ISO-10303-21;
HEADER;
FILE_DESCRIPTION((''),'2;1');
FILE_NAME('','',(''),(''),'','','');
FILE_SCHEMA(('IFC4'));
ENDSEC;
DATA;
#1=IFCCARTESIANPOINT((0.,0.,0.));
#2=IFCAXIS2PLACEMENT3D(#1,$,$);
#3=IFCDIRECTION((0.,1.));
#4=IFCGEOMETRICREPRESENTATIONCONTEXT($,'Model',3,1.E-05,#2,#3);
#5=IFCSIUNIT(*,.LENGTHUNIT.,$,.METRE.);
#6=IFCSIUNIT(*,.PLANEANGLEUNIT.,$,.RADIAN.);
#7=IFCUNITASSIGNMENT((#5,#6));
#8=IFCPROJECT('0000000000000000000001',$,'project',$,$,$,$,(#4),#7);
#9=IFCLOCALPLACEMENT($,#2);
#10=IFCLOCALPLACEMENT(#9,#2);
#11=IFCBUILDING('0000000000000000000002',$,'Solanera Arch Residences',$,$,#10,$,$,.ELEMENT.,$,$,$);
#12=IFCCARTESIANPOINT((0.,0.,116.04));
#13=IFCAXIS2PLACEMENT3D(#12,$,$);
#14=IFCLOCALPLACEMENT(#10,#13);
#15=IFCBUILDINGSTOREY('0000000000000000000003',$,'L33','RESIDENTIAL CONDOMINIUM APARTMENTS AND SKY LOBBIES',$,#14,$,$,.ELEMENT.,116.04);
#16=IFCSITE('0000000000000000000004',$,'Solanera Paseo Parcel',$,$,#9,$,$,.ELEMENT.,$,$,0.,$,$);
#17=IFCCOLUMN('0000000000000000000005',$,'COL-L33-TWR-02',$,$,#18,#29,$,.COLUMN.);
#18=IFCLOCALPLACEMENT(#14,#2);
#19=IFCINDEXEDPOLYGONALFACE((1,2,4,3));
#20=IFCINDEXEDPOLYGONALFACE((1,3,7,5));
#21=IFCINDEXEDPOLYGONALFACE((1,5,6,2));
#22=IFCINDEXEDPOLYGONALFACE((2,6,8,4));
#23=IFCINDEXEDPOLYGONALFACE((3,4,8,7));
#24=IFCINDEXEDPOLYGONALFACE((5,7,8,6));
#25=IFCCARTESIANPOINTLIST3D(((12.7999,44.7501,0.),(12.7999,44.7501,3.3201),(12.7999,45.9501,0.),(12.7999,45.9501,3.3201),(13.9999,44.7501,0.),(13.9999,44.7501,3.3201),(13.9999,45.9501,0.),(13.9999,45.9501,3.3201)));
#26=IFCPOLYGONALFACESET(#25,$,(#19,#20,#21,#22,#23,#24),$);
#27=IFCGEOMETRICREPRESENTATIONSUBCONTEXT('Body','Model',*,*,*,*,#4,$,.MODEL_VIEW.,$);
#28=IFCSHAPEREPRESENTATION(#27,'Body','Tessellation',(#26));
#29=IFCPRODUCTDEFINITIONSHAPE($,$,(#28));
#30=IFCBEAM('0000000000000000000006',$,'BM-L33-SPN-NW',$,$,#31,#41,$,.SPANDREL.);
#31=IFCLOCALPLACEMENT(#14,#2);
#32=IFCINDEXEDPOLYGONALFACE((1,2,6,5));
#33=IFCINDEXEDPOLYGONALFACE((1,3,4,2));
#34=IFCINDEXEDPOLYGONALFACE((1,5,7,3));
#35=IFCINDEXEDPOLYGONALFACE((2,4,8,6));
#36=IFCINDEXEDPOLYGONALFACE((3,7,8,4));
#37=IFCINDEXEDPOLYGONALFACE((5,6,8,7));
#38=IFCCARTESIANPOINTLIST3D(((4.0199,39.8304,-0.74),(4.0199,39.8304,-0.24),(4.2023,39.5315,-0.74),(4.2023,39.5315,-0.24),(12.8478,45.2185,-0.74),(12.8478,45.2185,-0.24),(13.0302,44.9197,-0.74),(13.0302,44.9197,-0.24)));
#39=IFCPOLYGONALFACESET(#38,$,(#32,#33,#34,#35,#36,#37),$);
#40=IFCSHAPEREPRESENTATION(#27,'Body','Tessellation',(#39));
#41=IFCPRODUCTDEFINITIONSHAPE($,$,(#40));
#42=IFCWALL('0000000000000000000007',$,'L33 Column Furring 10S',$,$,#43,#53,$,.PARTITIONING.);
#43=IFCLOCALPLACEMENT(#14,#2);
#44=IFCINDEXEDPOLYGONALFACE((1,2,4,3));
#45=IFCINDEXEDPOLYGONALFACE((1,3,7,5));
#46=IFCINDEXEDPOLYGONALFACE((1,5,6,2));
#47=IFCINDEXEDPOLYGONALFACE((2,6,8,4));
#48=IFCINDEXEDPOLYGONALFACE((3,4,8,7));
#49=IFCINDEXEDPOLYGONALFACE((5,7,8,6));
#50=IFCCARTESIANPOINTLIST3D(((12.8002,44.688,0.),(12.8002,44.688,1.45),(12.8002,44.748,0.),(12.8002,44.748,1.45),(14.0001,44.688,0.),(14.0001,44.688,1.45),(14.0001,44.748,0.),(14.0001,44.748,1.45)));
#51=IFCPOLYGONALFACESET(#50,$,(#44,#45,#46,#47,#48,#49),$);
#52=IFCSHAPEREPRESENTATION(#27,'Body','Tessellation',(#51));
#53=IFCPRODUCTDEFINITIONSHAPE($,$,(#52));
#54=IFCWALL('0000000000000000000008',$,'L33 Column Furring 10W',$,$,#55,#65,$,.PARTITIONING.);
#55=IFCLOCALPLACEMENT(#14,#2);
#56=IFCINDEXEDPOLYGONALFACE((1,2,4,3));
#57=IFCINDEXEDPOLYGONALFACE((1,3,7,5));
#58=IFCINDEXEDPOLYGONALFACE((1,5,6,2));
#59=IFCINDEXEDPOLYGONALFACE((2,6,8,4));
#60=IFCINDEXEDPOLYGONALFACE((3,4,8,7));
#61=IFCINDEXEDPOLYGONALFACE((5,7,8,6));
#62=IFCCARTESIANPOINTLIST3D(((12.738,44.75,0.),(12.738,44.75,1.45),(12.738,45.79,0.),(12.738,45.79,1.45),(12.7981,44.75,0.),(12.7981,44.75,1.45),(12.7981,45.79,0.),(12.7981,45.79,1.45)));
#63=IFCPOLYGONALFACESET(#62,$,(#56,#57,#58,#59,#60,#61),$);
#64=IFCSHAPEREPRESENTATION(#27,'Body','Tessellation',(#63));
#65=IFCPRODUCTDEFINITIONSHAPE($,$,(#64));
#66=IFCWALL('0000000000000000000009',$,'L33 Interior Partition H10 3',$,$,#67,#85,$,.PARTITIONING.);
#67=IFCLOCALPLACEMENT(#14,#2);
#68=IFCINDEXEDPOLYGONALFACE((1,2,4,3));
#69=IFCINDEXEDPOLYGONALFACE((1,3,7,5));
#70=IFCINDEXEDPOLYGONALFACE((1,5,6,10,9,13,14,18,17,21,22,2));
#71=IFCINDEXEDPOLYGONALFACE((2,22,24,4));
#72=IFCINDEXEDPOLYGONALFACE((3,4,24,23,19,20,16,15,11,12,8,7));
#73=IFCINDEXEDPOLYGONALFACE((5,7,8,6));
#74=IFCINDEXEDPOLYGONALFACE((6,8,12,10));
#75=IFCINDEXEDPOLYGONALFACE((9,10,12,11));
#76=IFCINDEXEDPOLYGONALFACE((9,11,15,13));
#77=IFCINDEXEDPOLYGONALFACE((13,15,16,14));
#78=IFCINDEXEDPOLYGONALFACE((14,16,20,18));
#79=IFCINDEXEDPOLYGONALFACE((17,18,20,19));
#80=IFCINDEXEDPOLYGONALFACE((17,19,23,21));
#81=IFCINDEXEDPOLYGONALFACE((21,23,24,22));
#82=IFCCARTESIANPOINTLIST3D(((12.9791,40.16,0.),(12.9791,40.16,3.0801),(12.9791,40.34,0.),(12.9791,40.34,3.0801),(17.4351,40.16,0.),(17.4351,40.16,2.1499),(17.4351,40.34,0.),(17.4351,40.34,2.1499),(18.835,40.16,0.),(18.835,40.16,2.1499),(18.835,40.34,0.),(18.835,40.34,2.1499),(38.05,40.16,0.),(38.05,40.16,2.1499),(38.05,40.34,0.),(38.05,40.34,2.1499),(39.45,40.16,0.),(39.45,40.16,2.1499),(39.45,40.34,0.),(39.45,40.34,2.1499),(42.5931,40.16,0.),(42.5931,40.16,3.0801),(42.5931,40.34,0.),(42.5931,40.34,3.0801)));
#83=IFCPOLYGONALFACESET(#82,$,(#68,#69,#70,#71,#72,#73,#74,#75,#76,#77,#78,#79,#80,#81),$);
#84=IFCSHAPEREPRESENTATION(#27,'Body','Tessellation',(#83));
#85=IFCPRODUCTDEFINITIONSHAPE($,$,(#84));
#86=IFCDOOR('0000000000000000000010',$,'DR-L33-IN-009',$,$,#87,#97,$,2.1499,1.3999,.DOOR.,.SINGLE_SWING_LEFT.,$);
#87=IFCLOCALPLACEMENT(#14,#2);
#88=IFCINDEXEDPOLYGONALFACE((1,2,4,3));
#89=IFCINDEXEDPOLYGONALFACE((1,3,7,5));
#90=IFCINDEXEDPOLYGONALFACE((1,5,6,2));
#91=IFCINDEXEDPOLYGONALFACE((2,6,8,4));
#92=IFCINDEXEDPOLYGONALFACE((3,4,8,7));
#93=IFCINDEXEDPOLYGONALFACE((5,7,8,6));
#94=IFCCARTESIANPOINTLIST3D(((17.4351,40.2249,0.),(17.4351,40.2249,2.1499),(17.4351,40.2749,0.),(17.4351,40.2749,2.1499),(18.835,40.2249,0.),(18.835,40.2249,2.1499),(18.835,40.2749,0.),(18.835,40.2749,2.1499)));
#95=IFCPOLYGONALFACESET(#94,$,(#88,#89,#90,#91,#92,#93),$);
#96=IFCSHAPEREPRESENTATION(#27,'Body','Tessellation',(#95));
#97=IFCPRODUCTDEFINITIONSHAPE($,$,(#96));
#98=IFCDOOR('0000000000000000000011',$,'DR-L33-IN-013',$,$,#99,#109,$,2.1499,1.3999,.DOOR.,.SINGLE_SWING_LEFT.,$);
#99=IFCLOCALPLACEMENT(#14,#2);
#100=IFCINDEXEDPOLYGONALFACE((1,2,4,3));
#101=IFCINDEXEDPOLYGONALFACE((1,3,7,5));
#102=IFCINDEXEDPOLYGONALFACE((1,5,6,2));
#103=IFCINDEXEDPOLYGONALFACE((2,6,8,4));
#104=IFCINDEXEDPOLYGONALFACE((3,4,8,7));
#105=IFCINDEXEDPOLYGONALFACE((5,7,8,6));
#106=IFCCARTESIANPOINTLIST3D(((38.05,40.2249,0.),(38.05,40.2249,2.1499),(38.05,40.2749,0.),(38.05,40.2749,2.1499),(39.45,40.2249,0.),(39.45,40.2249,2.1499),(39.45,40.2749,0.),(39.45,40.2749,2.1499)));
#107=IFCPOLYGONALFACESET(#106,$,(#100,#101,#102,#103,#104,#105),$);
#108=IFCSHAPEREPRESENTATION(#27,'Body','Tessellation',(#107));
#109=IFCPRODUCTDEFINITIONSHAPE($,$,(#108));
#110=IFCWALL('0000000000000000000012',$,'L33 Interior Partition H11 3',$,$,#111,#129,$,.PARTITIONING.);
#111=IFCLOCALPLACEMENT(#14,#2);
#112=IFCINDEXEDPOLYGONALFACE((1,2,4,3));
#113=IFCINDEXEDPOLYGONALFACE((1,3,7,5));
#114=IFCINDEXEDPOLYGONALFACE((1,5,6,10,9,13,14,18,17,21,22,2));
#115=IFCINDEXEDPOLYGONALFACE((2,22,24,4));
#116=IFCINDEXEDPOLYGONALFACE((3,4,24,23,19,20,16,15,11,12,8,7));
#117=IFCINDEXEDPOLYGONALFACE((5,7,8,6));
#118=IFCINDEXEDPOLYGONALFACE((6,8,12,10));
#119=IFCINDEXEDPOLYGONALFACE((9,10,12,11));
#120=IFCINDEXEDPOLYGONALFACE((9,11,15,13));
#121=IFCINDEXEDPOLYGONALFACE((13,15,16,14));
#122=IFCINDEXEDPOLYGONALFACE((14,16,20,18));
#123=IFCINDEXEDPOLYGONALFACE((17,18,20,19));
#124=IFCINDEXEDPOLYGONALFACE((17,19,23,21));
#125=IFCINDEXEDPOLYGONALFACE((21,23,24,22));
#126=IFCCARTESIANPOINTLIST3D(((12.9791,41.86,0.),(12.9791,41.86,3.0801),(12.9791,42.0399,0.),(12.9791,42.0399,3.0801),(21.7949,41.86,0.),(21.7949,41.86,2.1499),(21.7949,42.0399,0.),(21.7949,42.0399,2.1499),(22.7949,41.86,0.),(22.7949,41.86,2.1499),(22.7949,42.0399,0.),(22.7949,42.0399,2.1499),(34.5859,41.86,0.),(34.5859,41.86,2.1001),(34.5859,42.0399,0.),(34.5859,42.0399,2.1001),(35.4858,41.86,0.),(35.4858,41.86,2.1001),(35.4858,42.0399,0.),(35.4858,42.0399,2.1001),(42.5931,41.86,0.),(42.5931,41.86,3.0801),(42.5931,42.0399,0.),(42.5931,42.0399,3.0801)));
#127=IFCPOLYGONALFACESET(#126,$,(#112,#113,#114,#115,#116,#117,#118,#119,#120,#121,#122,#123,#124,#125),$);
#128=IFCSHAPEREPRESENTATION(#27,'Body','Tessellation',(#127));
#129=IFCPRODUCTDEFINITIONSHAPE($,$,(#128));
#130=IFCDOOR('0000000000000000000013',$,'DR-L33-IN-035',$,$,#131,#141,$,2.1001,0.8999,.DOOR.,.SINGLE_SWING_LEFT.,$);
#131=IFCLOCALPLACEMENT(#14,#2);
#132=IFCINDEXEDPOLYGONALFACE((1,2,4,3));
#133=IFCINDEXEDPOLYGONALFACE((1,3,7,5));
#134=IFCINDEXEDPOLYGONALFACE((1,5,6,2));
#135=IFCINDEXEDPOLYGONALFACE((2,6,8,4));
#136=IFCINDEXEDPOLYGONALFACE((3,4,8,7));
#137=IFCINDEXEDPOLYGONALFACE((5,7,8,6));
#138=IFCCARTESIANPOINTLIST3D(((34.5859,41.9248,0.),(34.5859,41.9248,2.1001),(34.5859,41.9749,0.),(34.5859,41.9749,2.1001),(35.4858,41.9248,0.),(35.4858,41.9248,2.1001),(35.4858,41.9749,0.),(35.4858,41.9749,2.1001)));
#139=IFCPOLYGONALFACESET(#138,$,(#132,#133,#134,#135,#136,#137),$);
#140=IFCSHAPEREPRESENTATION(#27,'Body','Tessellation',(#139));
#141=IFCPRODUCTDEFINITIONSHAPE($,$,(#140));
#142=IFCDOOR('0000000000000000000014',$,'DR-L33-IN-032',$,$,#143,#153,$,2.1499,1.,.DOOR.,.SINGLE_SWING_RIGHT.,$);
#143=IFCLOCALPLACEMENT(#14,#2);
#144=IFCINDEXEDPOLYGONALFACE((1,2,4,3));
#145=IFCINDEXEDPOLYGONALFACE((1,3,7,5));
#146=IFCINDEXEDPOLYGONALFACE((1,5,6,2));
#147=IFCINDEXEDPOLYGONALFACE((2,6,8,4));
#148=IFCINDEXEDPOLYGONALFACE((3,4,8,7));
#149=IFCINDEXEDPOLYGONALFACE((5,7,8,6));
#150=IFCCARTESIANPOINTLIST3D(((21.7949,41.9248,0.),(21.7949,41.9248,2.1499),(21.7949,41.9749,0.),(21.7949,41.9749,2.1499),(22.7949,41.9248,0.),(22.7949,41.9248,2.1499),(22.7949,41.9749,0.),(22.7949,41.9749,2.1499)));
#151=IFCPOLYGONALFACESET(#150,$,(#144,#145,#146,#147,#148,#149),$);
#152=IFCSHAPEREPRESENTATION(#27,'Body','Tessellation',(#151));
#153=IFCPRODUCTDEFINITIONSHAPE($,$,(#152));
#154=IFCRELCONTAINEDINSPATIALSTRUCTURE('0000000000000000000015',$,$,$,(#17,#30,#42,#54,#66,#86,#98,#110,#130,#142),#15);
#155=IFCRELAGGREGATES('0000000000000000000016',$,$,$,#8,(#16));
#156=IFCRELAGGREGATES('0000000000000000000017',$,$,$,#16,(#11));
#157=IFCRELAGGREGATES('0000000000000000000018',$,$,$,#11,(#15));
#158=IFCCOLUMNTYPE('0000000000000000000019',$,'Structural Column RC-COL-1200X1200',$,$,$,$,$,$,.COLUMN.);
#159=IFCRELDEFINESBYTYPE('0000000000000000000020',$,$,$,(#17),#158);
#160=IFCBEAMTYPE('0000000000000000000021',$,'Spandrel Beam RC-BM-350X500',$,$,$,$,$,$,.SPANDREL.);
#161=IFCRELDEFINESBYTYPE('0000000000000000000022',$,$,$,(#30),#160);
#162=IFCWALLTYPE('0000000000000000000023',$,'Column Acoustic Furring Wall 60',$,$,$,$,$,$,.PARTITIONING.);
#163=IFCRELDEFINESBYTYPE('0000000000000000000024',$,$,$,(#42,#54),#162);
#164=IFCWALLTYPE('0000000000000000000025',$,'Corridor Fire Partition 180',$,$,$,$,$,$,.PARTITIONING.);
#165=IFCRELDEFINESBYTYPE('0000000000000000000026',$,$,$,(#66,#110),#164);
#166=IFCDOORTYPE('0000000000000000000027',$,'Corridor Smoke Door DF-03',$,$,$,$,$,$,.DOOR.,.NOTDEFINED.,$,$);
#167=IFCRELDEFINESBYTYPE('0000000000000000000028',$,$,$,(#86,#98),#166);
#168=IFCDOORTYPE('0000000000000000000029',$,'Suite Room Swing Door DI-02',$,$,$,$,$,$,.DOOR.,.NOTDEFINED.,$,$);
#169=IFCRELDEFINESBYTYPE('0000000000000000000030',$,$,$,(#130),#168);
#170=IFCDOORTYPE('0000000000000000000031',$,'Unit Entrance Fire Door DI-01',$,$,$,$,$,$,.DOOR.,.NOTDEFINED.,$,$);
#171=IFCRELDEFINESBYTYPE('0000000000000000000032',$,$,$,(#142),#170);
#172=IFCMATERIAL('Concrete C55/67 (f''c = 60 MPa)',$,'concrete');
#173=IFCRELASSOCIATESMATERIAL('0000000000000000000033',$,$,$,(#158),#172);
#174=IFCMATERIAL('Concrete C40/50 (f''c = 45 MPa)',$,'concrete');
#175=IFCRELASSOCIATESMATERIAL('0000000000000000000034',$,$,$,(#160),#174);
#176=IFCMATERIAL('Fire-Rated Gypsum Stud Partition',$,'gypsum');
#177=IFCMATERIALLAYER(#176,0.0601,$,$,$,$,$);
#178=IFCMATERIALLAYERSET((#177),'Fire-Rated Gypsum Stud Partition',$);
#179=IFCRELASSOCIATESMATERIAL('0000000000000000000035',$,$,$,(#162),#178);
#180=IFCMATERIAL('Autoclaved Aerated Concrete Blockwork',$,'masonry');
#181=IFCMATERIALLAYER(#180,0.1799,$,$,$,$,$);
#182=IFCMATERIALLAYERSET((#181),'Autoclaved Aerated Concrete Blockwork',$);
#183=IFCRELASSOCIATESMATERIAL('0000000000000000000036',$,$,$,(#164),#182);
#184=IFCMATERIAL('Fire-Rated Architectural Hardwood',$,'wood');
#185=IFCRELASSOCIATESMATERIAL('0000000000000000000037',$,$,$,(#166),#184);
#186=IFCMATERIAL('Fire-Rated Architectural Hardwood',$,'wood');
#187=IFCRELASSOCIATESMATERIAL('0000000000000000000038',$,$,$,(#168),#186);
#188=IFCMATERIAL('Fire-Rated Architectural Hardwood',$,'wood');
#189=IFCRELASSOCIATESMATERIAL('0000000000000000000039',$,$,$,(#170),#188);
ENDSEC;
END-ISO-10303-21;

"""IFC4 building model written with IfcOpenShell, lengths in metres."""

from ifc_helpers import new_model, si_unit, direction, frame, frame_2d, origin, origin_2d, place, context, subcontext, project, spatial, rectangle, extrude, material, layer, layer_set, material_profile, profile_set, type_object, element, fill, save


model = new_model("IFC4")

# Units and contexts
model_context = context("Model", 3, precision=1e-05, world=origin(), true_north=direction((0.0, 1.0)))
body_context = subcontext(model_context, "Body", "Model", "MODEL_VIEW")
ifc_project = project(units=[si_unit("LENGTHUNIT", "METRE"), si_unit("PLANEANGLEUNIT", "RADIAN")], contexts=[model_context])

# Site, building, storey
site_placement = place(None, origin())
site = spatial("IfcSite", under=ifc_project, at=site_placement, Name="Solanera Paseo Parcel", CompositionType="ELEMENT", RefElevation=0.0)
building_placement = place(site_placement, origin())
building = spatial("IfcBuilding", under=site, at=building_placement, Name="Solanera Arch Residences", CompositionType="ELEMENT")
storey_placement = place(building_placement, frame((0.0, 0.0, 116.04)))
storey = spatial("IfcBuildingStorey", under=building, at=storey_placement, Name="L33", Description="RESIDENTIAL CONDOMINIUM APARTMENTS AND SKY LOBBIES", CompositionType="ELEMENT", Elevation=116.04)

# Column
ifc_material_1 = material(Name="Concrete C55/67 (f'c = 60 MPa)", Category="concrete")
ifc_material_profile_1 = material_profile(ifc_material_1, rectangle(XDim=1.2, YDim=1.2, at=origin_2d()))
ifc_profile_set_1 = profile_set([ifc_material_profile_1], Name="Concrete C55/67 (f'c = 60 MPa)")
column_type = type_object("IfcColumnType", Name="Structural Column RC-COL-1200X1200", PredefinedType="COLUMN", material=ifc_profile_set_1)
column_placement = place(storey_placement, frame((13.3999, 45.3501, 0.0), z_axis=(0.0, 0.0, 1.0), x_axis=(1.0, 0.0, 0.0)))
element("IfcColumn", 1, at=column_placement, inside=storey, type_object=column_type, Name="COL-L33-TWR-02", PredefinedType="COLUMN", context=body_context, shape_type="SweptSolid", body=[
    extrude(rectangle(XDim=1.2, YDim=1.2, at=origin_2d()), origin(), (0.0, 0.0, 1.0), 3.3201),
])

# Beam
ifc_material_2 = material(Name="Concrete C40/50 (f'c = 45 MPa)", Category="concrete")
ifc_material_profile_2 = material_profile(ifc_material_2, rectangle(XDim=0.3501, YDim=0.5, at=origin_2d()))
ifc_profile_set_2 = profile_set([ifc_material_profile_2], Name="Concrete C40/50 (f'c = 45 MPa)")
beam_type = type_object("IfcBeamType", Name="Spandrel Beam RC-BM-350X500", PredefinedType="SPANDREL", material=ifc_profile_set_2)
beam_placement = place(storey_placement, frame((12.939, 45.0691, -0.49), z_axis=(-0.853567, -0.520983, 0.0), x_axis=(0.520983, -0.853567, 0.0)))
element("IfcBeam", 2, at=beam_placement, inside=storey, type_object=beam_type, Name="BM-L33-SPN-NW", PredefinedType="SPANDREL", context=body_context, shape_type="SweptSolid", body=[
    extrude(rectangle(XDim=0.3501, YDim=0.5, at=origin_2d()), origin(), (0.0, 0.0, 1.0), 10.3423),
])

# Walls
ifc_material_3 = material(Name="Fire-Rated Gypsum Stud Partition", Category="gypsum")
ifc_layer_1 = layer(ifc_material_3, 0.0601)
ifc_layer_set_1 = layer_set([ifc_layer_1], Name="Fire-Rated Gypsum Stud Partition")
wall_type_1 = type_object("IfcWallType", Name="Column Acoustic Furring Wall 60", PredefinedType="PARTITIONING", material=ifc_layer_set_1)
wall_1_placement = place(storey_placement, frame((12.8, 44.718, 0.0), z_axis=(0.0, 0.0, 1.0), x_axis=(1.0, 0.0, 0.0)))
element("IfcWall", 3, at=wall_1_placement, inside=storey, type_object=wall_type_1, Name="L33 Column Furring 10S", PredefinedType="PARTITIONING", context=body_context, shape_type="SweptSolid", body=[
    extrude(rectangle(XDim=1.2, YDim=0.0601, at=frame_2d((0.6001, 0.0))), origin(), (0.0, 0.0, 1.0), 1.45),
])
wall_2_placement = place(storey_placement, frame((12.7681, 44.75, 0.0), z_axis=(0.0, 0.0, 1.0), x_axis=(0.0, 1.0, 0.0)))
element("IfcWall", 4, at=wall_2_placement, inside=storey, type_object=wall_type_1, Name="L33 Column Furring 10W", PredefinedType="PARTITIONING", context=body_context, shape_type="SweptSolid", body=[
    extrude(rectangle(XDim=1.04, YDim=0.0601, at=frame_2d((0.52, 0.0))), origin(), (0.0, 0.0, 1.0), 1.45),
])

# Walls, openings, doors
ifc_material_4 = material(Name="Autoclaved Aerated Concrete Blockwork", Category="masonry")
ifc_layer_2 = layer(ifc_material_4, 0.1799)
ifc_layer_set_2 = layer_set([ifc_layer_2], Name="Autoclaved Aerated Concrete Blockwork")
wall_type_2 = type_object("IfcWallType", Name="Corridor Fire Partition 180", PredefinedType="PARTITIONING", material=ifc_layer_set_2)
wall_3_placement = place(storey_placement, frame((12.979, 40.25, 0.0), z_axis=(0.0, 0.0, 1.0), x_axis=(1.0, 0.0, 0.0)))
wall_3 = element("IfcWall", 5, at=wall_3_placement, inside=storey, type_object=wall_type_2, Name="L33 Interior Partition H10 3", PredefinedType="PARTITIONING", context=body_context, shape_type="SweptSolid", body=[
    extrude(rectangle(XDim=29.614, YDim=0.1799, at=frame_2d((14.8071, 0.0))), origin(), (0.0, 0.0, 1.0), 3.0801),
])
opening_1_placement = place(wall_3_placement, frame((4.4561, 0.0, 0.0)))
opening_1 = element("IfcOpeningElement", 6, at=opening_1_placement, cuts=wall_3, PredefinedType="OPENING", context=body_context, shape_type="SweptSolid", body=[
    extrude(rectangle(XDim=1.3999, YDim=2.1499, at=frame_2d((0.7, 1.075))), frame((0.0, 0.1001, 0.0), z_axis=(0.0, -1.0, 0.0), x_axis=(1.0, 0.0, 0.0)), (0.0, 0.0, 1.0), 0.1999),
])
opening_2_placement = place(wall_3_placement, frame((25.071, 0.0, 0.0)))
opening_2 = element("IfcOpeningElement", 7, at=opening_2_placement, cuts=wall_3, PredefinedType="OPENING", context=body_context, shape_type="SweptSolid", body=[
    extrude(rectangle(XDim=1.3999, YDim=2.1499, at=frame_2d((0.7, 1.075))), frame((0.0, 0.1001, 0.0), z_axis=(0.0, -1.0, 0.0), x_axis=(1.0, 0.0, 0.0)), (0.0, 0.0, 1.0), 0.1999),
])
ifc_material_5 = material(Name="Fire-Rated Architectural Hardwood", Category="wood")
door_type_1 = type_object("IfcDoorType", Name="Corridor Smoke Door DF-03", OperationType="NOTDEFINED", PredefinedType="DOOR", material=ifc_material_5)
door_1_placement = place(opening_1_placement, origin())
door_1 = element("IfcDoor", 8, at=door_1_placement, inside=storey, type_object=door_type_1, Name="DR-L33-IN-009", OperationType="SINGLE_SWING_LEFT", OverallHeight=2.1499, OverallWidth=1.3999, PredefinedType="DOOR", context=body_context, shape_type="SweptSolid", body=[
    extrude(rectangle(XDim=1.3999, YDim=2.1499, at=frame_2d((0.7, 1.075))), frame((0.0, 0.0249, 0.0), z_axis=(0.0, -1.0, 0.0), x_axis=(1.0, 0.0, 0.0)), (0.0, 0.0, 1.0), 0.05),
])
fill(opening_1, door_1)
door_2_placement = place(opening_2_placement, origin())
door_2 = element("IfcDoor", 9, at=door_2_placement, inside=storey, type_object=door_type_1, Name="DR-L33-IN-013", OperationType="SINGLE_SWING_LEFT", OverallHeight=2.1499, OverallWidth=1.3999, PredefinedType="DOOR", context=body_context, shape_type="SweptSolid", body=[
    extrude(rectangle(XDim=1.3999, YDim=2.1499, at=frame_2d((0.7, 1.075))), frame((0.0, 0.0249, 0.0), z_axis=(0.0, -1.0, 0.0), x_axis=(1.0, 0.0, 0.0)), (0.0, 0.0, 1.0), 0.05),
])
fill(opening_2, door_2)
wall_4_placement = place(storey_placement, frame((12.979, 41.95, 0.0), z_axis=(0.0, 0.0, 1.0), x_axis=(1.0, 0.0, 0.0)))
wall_4 = element("IfcWall", 10, at=wall_4_placement, inside=storey, type_object=wall_type_2, Name="L33 Interior Partition H11 3", PredefinedType="PARTITIONING", context=body_context, shape_type="SweptSolid", body=[
    extrude(rectangle(XDim=29.614, YDim=0.1799, at=frame_2d((14.8071, 0.0))), origin(), (0.0, 0.0, 1.0), 3.0801),
])
opening_3_placement = place(wall_4_placement, frame((8.8159, 0.0, 0.0)))
opening_3 = element("IfcOpeningElement", 11, at=opening_3_placement, cuts=wall_4, PredefinedType="OPENING", context=body_context, shape_type="SweptSolid", body=[
    extrude(rectangle(XDim=1.0, YDim=2.1499, at=frame_2d((0.5, 1.075))), frame((0.0, 0.1001, 0.0), z_axis=(0.0, -1.0, 0.0), x_axis=(1.0, 0.0, 0.0)), (0.0, 0.0, 1.0), 0.1999),
])
opening_4_placement = place(wall_4_placement, frame((21.6069, 0.0, 0.0)))
opening_4 = element("IfcOpeningElement", 12, at=opening_4_placement, cuts=wall_4, PredefinedType="OPENING", context=body_context, shape_type="SweptSolid", body=[
    extrude(rectangle(XDim=0.8999, YDim=2.1001, at=frame_2d((0.45, 1.05))), frame((0.0, 0.1001, 0.0), z_axis=(0.0, -1.0, 0.0), x_axis=(1.0, 0.0, 0.0)), (0.0, 0.0, 1.0), 0.1999),
])
ifc_material_6 = material(Name="Fire-Rated Architectural Hardwood", Category="wood")
door_type_2 = type_object("IfcDoorType", Name="Suite Room Swing Door DI-02", OperationType="NOTDEFINED", PredefinedType="DOOR", material=ifc_material_6)
door_3_placement = place(opening_4_placement, origin())
door_3 = element("IfcDoor", 13, at=door_3_placement, inside=storey, type_object=door_type_2, Name="DR-L33-IN-035", OperationType="SINGLE_SWING_LEFT", OverallHeight=2.1001, OverallWidth=0.8999, PredefinedType="DOOR", context=body_context, shape_type="SweptSolid", body=[
    extrude(rectangle(XDim=0.8999, YDim=2.1001, at=frame_2d((0.45, 1.05))), frame((0.0, 0.0249, 0.0), z_axis=(0.0, -1.0, 0.0), x_axis=(1.0, 0.0, 0.0)), (0.0, 0.0, 1.0), 0.05),
])
fill(opening_4, door_3)
ifc_material_7 = material(Name="Fire-Rated Architectural Hardwood", Category="wood")
door_type_3 = type_object("IfcDoorType", Name="Unit Entrance Fire Door DI-01", OperationType="NOTDEFINED", PredefinedType="DOOR", material=ifc_material_7)
door_4_placement = place(opening_3_placement, origin())
door_4 = element("IfcDoor", 14, at=door_4_placement, inside=storey, type_object=door_type_3, Name="DR-L33-IN-032", OperationType="SINGLE_SWING_RIGHT", OverallHeight=2.1499, OverallWidth=1.0, PredefinedType="DOOR", context=body_context, shape_type="SweptSolid", body=[
    extrude(rectangle(XDim=1.0, YDim=2.1499, at=frame_2d((0.5, 1.075))), frame((0.0, 0.0249, 0.0), z_axis=(0.0, -1.0, 0.0), x_axis=(1.0, 0.0, 0.0)), (0.0, 0.0, 1.0), 0.05),
])
fill(opening_3, door_4)

save(model, "model.ifc")
